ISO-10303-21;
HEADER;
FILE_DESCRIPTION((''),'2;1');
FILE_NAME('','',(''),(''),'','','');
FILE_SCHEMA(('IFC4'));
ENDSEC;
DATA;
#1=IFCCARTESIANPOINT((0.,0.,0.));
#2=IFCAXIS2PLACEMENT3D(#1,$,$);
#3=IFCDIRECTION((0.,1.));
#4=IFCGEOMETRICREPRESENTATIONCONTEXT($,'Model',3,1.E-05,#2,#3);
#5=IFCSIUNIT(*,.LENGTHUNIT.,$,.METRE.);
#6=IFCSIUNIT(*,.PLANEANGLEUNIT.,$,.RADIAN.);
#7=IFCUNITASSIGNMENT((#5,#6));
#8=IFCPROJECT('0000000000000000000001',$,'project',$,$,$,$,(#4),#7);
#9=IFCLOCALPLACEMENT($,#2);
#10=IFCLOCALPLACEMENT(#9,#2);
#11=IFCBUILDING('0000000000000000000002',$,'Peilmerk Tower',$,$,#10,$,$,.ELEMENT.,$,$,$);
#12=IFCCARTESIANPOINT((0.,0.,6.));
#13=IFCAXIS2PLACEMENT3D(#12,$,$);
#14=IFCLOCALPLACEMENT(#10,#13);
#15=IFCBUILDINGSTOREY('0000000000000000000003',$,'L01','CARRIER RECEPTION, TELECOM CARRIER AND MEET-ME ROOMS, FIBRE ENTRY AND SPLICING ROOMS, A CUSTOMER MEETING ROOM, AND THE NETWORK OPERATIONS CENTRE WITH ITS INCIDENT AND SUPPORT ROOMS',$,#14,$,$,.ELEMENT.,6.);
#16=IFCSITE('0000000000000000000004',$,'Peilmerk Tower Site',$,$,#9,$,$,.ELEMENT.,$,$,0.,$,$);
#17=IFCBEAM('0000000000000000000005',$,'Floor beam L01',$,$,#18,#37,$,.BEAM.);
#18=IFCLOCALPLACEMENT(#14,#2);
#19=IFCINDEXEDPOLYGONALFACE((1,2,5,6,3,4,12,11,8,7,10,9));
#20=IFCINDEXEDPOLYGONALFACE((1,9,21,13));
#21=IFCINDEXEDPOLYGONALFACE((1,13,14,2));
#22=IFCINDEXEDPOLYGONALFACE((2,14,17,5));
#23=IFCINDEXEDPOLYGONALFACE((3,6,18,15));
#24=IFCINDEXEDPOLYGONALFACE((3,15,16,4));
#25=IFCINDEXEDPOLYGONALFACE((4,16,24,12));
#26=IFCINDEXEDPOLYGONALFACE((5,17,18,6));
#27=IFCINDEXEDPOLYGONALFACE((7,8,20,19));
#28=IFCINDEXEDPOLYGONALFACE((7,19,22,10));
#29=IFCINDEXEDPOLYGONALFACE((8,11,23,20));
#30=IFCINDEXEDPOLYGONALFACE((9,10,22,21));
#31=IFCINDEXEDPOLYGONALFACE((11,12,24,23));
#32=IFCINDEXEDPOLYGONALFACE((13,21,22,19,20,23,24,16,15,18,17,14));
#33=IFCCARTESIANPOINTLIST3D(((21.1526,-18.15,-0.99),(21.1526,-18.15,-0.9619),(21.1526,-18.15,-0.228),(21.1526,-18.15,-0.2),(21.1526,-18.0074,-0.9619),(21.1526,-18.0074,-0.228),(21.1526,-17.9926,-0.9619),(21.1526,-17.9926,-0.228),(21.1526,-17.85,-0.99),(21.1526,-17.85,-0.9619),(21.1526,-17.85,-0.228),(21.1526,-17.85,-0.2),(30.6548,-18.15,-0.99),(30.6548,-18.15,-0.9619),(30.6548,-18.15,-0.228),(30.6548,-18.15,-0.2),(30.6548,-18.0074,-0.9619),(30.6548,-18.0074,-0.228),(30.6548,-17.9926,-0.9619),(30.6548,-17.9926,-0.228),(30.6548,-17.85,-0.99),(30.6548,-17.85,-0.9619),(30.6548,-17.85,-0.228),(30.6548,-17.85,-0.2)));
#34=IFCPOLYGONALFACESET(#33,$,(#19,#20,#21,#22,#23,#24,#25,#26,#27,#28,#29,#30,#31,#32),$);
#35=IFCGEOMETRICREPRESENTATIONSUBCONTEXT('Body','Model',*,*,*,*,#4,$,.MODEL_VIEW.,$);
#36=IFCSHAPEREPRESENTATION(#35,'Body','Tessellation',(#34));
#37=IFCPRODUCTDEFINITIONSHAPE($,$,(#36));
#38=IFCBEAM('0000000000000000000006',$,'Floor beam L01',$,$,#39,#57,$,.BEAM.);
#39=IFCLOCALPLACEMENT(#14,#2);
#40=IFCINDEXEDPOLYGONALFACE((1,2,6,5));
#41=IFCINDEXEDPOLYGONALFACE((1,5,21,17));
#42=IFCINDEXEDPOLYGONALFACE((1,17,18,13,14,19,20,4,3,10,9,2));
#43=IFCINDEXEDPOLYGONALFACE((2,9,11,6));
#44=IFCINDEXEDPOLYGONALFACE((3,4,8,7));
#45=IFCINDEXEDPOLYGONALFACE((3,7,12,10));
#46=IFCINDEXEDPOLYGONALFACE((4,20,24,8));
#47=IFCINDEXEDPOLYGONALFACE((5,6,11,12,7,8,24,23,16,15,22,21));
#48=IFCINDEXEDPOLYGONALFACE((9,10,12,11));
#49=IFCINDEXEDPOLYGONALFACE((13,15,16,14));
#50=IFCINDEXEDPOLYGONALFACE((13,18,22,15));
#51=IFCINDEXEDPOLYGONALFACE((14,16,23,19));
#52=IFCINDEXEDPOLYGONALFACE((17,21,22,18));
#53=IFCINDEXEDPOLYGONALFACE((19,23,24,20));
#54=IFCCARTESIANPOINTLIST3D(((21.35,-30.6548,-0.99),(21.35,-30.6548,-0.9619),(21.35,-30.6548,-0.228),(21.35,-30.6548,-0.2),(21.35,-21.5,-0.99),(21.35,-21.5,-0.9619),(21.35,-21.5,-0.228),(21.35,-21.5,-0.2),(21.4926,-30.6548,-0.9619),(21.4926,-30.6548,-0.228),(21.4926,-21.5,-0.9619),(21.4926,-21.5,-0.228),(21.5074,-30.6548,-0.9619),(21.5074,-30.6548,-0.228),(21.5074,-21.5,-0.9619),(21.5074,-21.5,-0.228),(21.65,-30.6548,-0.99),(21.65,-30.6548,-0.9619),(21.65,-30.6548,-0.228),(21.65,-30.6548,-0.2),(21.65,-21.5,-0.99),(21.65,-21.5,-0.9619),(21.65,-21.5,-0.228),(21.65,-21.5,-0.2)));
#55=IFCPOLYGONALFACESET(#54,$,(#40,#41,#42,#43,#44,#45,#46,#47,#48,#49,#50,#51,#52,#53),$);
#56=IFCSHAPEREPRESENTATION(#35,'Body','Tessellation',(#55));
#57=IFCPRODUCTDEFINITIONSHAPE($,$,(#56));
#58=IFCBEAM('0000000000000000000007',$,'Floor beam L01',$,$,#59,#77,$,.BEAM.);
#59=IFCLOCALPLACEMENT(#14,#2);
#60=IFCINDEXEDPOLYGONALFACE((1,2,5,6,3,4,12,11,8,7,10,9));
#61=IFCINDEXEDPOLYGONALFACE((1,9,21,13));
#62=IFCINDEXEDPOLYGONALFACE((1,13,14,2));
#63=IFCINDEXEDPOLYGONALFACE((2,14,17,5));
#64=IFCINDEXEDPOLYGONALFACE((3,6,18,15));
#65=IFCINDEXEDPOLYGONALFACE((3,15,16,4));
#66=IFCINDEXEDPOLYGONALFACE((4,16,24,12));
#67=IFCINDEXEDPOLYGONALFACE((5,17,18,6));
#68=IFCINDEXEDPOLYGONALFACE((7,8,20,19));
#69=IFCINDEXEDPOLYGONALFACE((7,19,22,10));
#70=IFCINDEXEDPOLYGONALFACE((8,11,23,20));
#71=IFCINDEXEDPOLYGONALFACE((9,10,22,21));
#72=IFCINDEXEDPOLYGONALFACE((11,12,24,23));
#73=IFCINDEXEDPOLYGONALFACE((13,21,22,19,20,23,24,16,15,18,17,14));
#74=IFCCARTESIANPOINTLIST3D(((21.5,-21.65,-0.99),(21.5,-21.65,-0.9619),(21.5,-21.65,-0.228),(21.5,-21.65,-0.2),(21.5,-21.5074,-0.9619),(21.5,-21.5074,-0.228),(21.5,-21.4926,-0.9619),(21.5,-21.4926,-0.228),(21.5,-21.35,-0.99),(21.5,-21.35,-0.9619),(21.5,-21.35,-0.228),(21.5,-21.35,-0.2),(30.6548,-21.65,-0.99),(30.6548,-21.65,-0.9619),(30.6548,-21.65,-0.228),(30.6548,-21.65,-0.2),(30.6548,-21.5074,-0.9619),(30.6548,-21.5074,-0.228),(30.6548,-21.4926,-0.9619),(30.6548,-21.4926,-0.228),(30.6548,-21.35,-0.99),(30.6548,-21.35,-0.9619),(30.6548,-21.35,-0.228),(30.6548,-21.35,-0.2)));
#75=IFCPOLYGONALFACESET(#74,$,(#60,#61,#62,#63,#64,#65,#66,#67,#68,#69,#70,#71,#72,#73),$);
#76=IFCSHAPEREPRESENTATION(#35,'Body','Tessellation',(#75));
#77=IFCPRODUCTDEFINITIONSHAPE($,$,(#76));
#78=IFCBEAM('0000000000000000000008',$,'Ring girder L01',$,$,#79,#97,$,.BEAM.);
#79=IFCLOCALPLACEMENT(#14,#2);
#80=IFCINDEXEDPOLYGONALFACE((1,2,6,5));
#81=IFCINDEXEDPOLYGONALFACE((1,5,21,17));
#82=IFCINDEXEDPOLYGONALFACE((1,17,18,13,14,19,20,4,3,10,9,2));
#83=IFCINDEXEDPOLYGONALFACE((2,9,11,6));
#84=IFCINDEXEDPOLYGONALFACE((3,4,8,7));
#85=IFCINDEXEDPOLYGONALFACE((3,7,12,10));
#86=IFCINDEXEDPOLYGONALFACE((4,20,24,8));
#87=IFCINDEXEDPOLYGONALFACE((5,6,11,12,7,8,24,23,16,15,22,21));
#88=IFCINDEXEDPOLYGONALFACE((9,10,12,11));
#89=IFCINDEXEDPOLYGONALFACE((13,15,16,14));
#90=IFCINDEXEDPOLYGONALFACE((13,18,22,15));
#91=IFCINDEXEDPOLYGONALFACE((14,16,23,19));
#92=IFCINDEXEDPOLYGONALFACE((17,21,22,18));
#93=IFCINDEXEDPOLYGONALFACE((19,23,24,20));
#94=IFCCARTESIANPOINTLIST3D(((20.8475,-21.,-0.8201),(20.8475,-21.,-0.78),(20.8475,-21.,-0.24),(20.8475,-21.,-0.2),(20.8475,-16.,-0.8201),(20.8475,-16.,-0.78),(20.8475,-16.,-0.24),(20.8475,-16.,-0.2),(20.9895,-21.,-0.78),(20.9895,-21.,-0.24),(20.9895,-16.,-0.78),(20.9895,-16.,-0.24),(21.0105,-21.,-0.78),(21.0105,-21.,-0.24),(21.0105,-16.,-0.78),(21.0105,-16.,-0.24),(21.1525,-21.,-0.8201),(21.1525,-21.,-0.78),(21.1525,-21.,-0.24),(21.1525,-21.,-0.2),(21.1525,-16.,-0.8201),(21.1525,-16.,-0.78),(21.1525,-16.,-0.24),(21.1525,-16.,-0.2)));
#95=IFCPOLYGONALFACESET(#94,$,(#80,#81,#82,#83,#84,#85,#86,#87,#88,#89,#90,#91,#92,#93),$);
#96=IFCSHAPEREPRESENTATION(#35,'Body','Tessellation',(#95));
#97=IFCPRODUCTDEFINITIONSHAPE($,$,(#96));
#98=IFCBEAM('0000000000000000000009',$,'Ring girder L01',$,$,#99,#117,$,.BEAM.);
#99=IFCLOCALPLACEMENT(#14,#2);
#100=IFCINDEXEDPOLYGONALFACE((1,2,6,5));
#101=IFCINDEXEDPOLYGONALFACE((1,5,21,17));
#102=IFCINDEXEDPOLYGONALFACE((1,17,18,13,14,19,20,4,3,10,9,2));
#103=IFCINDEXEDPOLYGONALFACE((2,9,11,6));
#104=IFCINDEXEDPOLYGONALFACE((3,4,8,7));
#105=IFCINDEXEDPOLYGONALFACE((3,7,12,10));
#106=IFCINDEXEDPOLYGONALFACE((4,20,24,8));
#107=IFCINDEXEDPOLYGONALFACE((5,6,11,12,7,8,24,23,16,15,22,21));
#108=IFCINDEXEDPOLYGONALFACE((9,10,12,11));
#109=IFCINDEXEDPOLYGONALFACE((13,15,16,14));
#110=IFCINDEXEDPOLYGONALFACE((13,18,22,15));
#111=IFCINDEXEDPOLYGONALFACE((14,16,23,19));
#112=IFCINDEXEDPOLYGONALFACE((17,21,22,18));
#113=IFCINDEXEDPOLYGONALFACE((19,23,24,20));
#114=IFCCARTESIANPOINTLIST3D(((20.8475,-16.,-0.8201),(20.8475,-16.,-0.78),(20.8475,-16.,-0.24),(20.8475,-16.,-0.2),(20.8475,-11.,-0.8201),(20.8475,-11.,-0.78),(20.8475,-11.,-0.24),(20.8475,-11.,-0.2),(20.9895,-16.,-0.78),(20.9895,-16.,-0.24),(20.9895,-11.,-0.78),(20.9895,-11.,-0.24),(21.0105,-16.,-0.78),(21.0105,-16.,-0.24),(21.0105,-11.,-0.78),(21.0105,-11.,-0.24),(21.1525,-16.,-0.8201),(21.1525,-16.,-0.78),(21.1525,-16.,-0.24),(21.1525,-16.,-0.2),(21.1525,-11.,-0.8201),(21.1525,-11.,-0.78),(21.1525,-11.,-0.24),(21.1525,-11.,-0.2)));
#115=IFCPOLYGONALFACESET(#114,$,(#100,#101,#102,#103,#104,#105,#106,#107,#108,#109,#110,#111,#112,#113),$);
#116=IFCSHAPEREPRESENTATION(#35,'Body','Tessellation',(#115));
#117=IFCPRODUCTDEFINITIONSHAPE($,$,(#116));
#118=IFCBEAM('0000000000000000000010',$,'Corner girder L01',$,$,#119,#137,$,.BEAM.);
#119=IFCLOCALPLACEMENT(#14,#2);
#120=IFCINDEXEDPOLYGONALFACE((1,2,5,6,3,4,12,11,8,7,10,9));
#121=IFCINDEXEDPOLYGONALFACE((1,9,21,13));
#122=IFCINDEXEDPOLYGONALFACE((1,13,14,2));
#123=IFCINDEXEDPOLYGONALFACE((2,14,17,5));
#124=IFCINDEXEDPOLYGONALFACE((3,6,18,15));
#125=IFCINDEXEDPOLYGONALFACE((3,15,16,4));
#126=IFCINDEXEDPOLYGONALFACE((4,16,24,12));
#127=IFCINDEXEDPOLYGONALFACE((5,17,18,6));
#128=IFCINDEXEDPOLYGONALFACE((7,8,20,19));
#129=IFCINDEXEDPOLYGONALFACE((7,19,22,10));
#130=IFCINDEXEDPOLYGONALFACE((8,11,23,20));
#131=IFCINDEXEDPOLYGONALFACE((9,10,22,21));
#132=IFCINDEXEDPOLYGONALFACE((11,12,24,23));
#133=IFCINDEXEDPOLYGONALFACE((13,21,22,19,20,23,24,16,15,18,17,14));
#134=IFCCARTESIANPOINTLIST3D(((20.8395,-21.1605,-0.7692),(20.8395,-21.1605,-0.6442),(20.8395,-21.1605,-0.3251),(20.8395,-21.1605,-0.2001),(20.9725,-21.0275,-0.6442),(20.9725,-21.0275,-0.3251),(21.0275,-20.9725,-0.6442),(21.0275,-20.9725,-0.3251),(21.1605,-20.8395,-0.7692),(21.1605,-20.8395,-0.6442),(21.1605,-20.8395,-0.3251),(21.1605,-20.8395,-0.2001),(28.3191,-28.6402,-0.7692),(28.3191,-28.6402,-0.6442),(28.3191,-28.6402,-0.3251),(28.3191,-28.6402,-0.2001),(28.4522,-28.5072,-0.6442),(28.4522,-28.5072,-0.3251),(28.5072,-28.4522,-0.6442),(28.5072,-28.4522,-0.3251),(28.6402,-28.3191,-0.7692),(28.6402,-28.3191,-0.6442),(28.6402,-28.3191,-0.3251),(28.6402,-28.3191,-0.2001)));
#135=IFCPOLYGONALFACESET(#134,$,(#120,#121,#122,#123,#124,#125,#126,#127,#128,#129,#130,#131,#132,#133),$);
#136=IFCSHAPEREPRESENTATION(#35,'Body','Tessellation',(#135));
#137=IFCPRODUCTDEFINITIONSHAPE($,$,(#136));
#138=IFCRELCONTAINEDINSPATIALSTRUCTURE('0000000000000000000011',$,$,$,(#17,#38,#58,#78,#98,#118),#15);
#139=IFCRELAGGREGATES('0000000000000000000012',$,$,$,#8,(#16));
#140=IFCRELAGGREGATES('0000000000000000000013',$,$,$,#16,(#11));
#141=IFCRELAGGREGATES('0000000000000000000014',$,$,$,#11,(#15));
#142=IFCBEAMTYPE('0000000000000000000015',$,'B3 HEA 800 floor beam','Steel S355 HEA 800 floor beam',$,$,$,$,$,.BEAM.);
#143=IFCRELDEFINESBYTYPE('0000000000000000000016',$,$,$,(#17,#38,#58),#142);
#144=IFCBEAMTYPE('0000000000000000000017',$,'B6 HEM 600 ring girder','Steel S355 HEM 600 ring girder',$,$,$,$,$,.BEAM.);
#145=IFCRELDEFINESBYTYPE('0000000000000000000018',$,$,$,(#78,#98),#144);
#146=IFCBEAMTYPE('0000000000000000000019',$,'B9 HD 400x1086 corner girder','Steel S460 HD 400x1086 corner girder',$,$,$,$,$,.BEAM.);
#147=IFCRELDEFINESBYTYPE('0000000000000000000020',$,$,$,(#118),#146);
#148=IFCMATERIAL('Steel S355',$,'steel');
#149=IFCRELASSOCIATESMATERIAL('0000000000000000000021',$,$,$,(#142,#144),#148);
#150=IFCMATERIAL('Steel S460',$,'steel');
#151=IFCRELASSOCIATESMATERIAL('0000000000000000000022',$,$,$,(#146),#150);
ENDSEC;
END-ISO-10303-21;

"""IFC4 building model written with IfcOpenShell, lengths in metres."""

from ifc_helpers import new_model, si_unit, direction, frame, origin, origin_2d, place, context, subcontext, project, spatial, i_section, extrude, material, material_profile, profile_set, type_object, element, save


model = new_model("IFC4")

# Units and contexts
model_context = context("Model", 3, precision=1e-05, world=origin(), true_north=direction((0.0, 1.0)))
body_context = subcontext(model_context, "Body", "Model", "MODEL_VIEW")
ifc_project = project(units=[si_unit("LENGTHUNIT", "METRE"), si_unit("PLANEANGLEUNIT", "RADIAN")], contexts=[model_context])

# Site, building, storey
site_placement = place(None, origin())
site = spatial("IfcSite", under=ifc_project, at=site_placement, Name="Peilmerk Tower Site", CompositionType="ELEMENT", RefElevation=0.0)
building_placement = place(site_placement, origin())
building = spatial("IfcBuilding", under=site, at=building_placement, Name="Peilmerk Tower", CompositionType="ELEMENT")
storey_placement = place(building_placement, frame((0.0, 0.0, 6.0)))
storey = spatial("IfcBuildingStorey", under=building, at=storey_placement, Name="L01", Description="CARRIER RECEPTION, TELECOM CARRIER AND MEET-ME ROOMS, FIBRE ENTRY AND SPLICING ROOMS, A CUSTOMER MEETING ROOM, AND THE NETWORK OPERATIONS CENTRE WITH ITS INCIDENT AND SUPPORT ROOMS", CompositionType="ELEMENT", Elevation=6.0)

# Beams
ifc_material_1 = material(Name="Steel S355", Category="steel")
ifc_material_profile_1 = material_profile(ifc_material_1, i_section(OverallWidth=0.3, OverallDepth=0.79, WebThickness=0.0149, FlangeThickness=0.0281, at=origin_2d()), Name="HEA 800")
ifc_profile_set_1 = profile_set([ifc_material_profile_1], Name="Steel S355")
beam_type_1 = type_object("IfcBeamType", Name="B3 HEA 800 floor beam", Description="Steel S355 HEA 800 floor beam", PredefinedType="BEAM", material=ifc_profile_set_1)
for number, where, z_axis, x_axis, name in (
    (1, (21.1526, -18.0, -0.595), (1.0, 0.0, 0.0), (0.0, 1.0, 0.0), "Floor beam L01"),
):
    element("IfcBeam", number, at=place(storey_placement, frame(where, z_axis=z_axis, x_axis=x_axis)), inside=storey, type_object=beam_type_1, Name=name, PredefinedType="BEAM", context=body_context, shape_type="SweptSolid", body=[
        extrude(i_section(OverallWidth=0.3, OverallDepth=0.79, WebThickness=0.0149, FlangeThickness=0.0281, at=origin_2d()), origin(), (0.0, 0.0, 1.0), 9.5022),
    ])
for number, where, z_axis, x_axis, name in (
    (2, (21.5, -21.5, -0.595), (0.0, -1.0, 0.0), (1.0, 0.0, 0.0), "Floor beam L01"),
    (3, (21.5, -21.5, -0.595), (1.0, 0.0, 0.0), (0.0, 1.0, 0.0), "Floor beam L01"),
):
    element("IfcBeam", number, at=place(storey_placement, frame(where, z_axis=z_axis, x_axis=x_axis)), inside=storey, type_object=beam_type_1, Name=name, PredefinedType="BEAM", context=body_context, shape_type="SweptSolid", body=[
        extrude(i_section(OverallWidth=0.3, OverallDepth=0.79, WebThickness=0.0149, FlangeThickness=0.0281, at=origin_2d()), origin(), (0.0, 0.0, 1.0), 9.1548),
    ])
ifc_material_profile_2 = material_profile(ifc_material_1, i_section(OverallWidth=0.3049, OverallDepth=0.6201, WebThickness=0.021, FlangeThickness=0.04, at=origin_2d()), Name="HEM 600")
ifc_profile_set_2 = profile_set([ifc_material_profile_2], Name="Steel S355")
beam_type_2 = type_object("IfcBeamType", Name="B6 HEM 600 ring girder", Description="Steel S355 HEM 600 ring girder", PredefinedType="BEAM", material=ifc_profile_set_2)
for number, where, z_axis, x_axis, name in (
    (4, (21.0, -21.0, -0.51), (0.0, 1.0, 0.0), (-1.0, 0.0, 0.0), "Ring girder L01"),
    (5, (21.0, -16.0, -0.51), (0.0, 1.0, 0.0), (-1.0, 0.0, 0.0), "Ring girder L01"),
):
    element("IfcBeam", number, at=place(storey_placement, frame(where, z_axis=z_axis, x_axis=x_axis)), inside=storey, type_object=beam_type_2, Name=name, PredefinedType="BEAM", context=body_context, shape_type="SweptSolid", body=[
        extrude(i_section(OverallWidth=0.3049, OverallDepth=0.6201, WebThickness=0.021, FlangeThickness=0.04, at=origin_2d()), origin(), (0.0, 0.0, 1.0), 5.0),
    ])
ifc_material_2 = material(Name="Steel S460", Category="steel")
ifc_material_profile_3 = material_profile(ifc_material_2, i_section(OverallWidth=0.4541, OverallDepth=0.5691, WebThickness=0.0779, FlangeThickness=0.125, at=origin_2d()), Name="HD 400x1086")
ifc_profile_set_3 = profile_set([ifc_material_profile_3], Name="Steel S460")
beam_type_3 = type_object("IfcBeamType", Name="B9 HD 400x1086 corner girder", Description="Steel S460 HD 400x1086 corner girder", PredefinedType="BEAM", material=ifc_profile_set_3)
beam_placement = place(storey_placement, frame((21.0, -21.0, -0.4846), z_axis=(0.707107, -0.707107, 0.0), x_axis=(0.707107, 0.707107, 0.0)))
element("IfcBeam", 6, at=beam_placement, inside=storey, type_object=beam_type_3, Name="Corner girder L01", PredefinedType="BEAM", context=body_context, shape_type="SweptSolid", body=[
    extrude(i_section(OverallWidth=0.4541, OverallDepth=0.5691, WebThickness=0.0779, FlangeThickness=0.125, at=origin_2d()), origin(), (0.0, 0.0, 1.0), 10.5779),
])

save(model, "model.ifc")
